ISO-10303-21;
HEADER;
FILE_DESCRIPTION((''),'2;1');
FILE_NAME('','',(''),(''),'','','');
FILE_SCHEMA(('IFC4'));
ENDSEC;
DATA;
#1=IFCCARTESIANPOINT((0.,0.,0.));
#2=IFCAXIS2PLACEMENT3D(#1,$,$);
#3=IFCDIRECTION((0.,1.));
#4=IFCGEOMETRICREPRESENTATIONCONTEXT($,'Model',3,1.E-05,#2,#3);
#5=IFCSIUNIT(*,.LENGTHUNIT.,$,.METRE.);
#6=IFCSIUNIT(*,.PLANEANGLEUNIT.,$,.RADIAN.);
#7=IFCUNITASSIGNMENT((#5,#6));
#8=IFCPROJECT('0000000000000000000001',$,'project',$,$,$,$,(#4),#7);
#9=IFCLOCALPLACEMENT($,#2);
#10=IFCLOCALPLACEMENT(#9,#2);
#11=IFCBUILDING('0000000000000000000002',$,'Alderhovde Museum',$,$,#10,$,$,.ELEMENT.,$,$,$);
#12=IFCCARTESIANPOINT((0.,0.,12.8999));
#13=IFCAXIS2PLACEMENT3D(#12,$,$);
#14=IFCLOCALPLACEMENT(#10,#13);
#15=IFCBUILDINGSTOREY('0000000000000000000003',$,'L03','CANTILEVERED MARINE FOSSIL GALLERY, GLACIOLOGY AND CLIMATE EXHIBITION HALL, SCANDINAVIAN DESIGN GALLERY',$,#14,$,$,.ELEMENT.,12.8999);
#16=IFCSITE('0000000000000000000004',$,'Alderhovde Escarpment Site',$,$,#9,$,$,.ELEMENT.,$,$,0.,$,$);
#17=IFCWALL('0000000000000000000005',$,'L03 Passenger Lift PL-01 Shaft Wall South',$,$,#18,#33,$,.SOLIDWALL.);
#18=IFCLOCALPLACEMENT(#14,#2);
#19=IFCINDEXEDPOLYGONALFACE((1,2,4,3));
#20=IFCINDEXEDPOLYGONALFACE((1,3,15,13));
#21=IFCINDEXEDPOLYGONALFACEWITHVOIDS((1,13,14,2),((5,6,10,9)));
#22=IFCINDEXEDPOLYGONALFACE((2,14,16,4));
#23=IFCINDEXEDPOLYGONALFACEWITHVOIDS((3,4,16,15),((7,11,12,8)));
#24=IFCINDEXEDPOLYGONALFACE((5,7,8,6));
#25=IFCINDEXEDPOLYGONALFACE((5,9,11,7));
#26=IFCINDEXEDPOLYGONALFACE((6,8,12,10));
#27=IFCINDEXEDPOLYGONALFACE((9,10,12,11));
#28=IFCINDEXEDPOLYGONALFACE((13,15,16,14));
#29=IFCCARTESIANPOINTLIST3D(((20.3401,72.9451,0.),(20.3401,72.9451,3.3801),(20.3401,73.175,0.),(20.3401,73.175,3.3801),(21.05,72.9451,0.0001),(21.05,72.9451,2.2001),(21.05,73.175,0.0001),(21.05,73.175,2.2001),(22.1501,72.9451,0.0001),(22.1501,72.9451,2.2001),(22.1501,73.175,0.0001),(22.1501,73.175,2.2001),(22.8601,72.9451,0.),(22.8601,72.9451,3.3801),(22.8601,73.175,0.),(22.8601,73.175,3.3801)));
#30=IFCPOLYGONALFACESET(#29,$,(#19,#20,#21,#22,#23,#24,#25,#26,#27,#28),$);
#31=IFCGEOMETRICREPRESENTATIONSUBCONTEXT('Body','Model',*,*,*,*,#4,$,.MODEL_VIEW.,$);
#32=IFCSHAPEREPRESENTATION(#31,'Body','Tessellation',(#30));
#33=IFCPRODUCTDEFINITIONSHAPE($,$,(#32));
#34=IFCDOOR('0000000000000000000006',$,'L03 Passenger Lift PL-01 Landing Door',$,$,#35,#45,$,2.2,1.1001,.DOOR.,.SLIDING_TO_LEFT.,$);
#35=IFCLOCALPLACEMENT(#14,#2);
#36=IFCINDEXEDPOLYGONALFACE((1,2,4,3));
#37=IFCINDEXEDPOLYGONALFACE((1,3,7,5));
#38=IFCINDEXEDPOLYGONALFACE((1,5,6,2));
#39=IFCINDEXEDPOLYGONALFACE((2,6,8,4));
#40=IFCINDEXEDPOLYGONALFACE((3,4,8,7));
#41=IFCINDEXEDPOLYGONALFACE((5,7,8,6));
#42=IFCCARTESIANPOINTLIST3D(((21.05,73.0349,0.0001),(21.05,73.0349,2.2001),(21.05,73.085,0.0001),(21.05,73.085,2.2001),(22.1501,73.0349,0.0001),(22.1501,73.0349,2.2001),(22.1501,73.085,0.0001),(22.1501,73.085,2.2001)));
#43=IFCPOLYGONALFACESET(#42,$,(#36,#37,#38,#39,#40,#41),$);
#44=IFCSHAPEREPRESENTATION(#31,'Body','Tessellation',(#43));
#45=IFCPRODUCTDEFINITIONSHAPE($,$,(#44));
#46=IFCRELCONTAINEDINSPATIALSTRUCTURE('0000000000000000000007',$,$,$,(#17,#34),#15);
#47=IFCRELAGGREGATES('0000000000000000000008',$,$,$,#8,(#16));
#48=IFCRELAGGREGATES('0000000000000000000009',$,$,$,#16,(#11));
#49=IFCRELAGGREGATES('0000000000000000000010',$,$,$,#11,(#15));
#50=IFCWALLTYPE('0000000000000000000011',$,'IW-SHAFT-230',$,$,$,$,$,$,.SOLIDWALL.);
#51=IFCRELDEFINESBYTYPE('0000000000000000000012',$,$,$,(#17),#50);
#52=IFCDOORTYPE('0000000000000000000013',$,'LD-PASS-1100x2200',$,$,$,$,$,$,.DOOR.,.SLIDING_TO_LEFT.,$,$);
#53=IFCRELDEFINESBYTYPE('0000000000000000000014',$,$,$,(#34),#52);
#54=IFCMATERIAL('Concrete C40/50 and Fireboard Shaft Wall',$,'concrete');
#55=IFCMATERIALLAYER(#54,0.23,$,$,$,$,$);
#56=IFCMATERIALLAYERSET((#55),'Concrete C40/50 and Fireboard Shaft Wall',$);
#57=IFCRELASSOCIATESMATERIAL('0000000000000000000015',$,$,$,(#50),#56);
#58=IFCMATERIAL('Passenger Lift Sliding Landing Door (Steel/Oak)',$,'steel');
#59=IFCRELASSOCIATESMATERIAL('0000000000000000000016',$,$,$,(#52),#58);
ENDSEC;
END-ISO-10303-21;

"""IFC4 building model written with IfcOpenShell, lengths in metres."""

from ifc_helpers import new_model, si_unit, direction, frame, frame_2d, origin, place, context, subcontext, project, spatial, rectangle, extrude, material, layer, layer_set, type_object, element, fill, save


model = new_model("IFC4")

# Units and contexts
model_context = context("Model", 3, precision=1e-05, world=origin(), true_north=direction((0.0, 1.0)))
body_context = subcontext(model_context, "Body", "Model", "MODEL_VIEW")
ifc_project = project(units=[si_unit("LENGTHUNIT", "METRE"), si_unit("PLANEANGLEUNIT", "RADIAN")], contexts=[model_context])

# Site, building, storey
site_placement = place(None, origin())
site = spatial("IfcSite", under=ifc_project, at=site_placement, Name="Alderhovde Escarpment Site", CompositionType="ELEMENT", RefElevation=0.0)
building_placement = place(site_placement, origin())
building = spatial("IfcBuilding", under=site, at=building_placement, Name="Alderhovde Museum", CompositionType="ELEMENT")
storey_placement = place(building_placement, frame((0.0, 0.0, 12.8999)))
storey = spatial("IfcBuildingStorey", under=building, at=storey_placement, Name="L03", Description="CANTILEVERED MARINE FOSSIL GALLERY, GLACIOLOGY AND CLIMATE EXHIBITION HALL, SCANDINAVIAN DESIGN GALLERY", CompositionType="ELEMENT", Elevation=12.8999)

# Wall, opening, door
ifc_material_1 = material(Name="Concrete C40/50 and Fireboard Shaft Wall", Category="concrete")
ifc_layer_1 = layer(ifc_material_1, 0.23)
ifc_layer_set_1 = layer_set([ifc_layer_1], Name="Concrete C40/50 and Fireboard Shaft Wall")
wall_type_1 = type_object("IfcWallType", Name="IW-SHAFT-230", PredefinedType="SOLIDWALL", material=ifc_layer_set_1)
wall_1_placement = place(storey_placement, frame((20.3401, 73.0601, 0.0), z_axis=(0.0, 0.0, 1.0), x_axis=(1.0, 0.0, 0.0)))
wall_1 = element("IfcWall", 1, at=wall_1_placement, inside=storey, type_object=wall_type_1, Name="L03 Passenger Lift PL-01 Shaft Wall South", PredefinedType="SOLIDWALL", context=body_context, shape_type="SweptSolid", body=[
    extrude(rectangle(XDim=2.52, YDim=0.23, at=frame_2d((1.26, 0.0))), origin(), (0.0, 0.0, 1.0), 3.3801),
])
opening_1_placement = place(wall_1_placement, frame((0.71, 0.0, 0.0)))
opening_1 = element("IfcOpeningElement", 2, at=opening_1_placement, cuts=wall_1, PredefinedType="OPENING", context=body_context, shape_type="SweptSolid", body=[
    extrude(rectangle(XDim=1.1001, YDim=2.2, at=frame_2d((0.55, 1.1001))), frame((0.0, 0.125, 0.0), z_axis=(0.0, -1.0, 0.0), x_axis=(1.0, 0.0, 0.0)), (0.0, 0.0, 1.0), 0.25),
])
ifc_material_2 = material(Name="Passenger Lift Sliding Landing Door (Steel/Oak)", Category="steel")
door_type_1 = type_object("IfcDoorType", Name="LD-PASS-1100x2200", OperationType="SLIDING_TO_LEFT", PredefinedType="DOOR", material=ifc_material_2)
door_1_placement = place(opening_1_placement, origin())
door_1 = element("IfcDoor", 3, at=door_1_placement, inside=storey, type_object=door_type_1, Name="L03 Passenger Lift PL-01 Landing Door", OperationType="SLIDING_TO_LEFT", OverallHeight=2.2, OverallWidth=1.1001, PredefinedType="DOOR", context=body_context, shape_type="SweptSolid", body=[
    extrude(rectangle(XDim=1.1001, YDim=2.2, at=frame_2d((0.55, 1.1001))), frame((0.0, 0.0249, 0.0), z_axis=(0.0, -1.0, 0.0), x_axis=(1.0, 0.0, 0.0)), (0.0, 0.0, 1.0), 0.05),
])
fill(opening_1, door_1)

save(model, "model.ifc")
